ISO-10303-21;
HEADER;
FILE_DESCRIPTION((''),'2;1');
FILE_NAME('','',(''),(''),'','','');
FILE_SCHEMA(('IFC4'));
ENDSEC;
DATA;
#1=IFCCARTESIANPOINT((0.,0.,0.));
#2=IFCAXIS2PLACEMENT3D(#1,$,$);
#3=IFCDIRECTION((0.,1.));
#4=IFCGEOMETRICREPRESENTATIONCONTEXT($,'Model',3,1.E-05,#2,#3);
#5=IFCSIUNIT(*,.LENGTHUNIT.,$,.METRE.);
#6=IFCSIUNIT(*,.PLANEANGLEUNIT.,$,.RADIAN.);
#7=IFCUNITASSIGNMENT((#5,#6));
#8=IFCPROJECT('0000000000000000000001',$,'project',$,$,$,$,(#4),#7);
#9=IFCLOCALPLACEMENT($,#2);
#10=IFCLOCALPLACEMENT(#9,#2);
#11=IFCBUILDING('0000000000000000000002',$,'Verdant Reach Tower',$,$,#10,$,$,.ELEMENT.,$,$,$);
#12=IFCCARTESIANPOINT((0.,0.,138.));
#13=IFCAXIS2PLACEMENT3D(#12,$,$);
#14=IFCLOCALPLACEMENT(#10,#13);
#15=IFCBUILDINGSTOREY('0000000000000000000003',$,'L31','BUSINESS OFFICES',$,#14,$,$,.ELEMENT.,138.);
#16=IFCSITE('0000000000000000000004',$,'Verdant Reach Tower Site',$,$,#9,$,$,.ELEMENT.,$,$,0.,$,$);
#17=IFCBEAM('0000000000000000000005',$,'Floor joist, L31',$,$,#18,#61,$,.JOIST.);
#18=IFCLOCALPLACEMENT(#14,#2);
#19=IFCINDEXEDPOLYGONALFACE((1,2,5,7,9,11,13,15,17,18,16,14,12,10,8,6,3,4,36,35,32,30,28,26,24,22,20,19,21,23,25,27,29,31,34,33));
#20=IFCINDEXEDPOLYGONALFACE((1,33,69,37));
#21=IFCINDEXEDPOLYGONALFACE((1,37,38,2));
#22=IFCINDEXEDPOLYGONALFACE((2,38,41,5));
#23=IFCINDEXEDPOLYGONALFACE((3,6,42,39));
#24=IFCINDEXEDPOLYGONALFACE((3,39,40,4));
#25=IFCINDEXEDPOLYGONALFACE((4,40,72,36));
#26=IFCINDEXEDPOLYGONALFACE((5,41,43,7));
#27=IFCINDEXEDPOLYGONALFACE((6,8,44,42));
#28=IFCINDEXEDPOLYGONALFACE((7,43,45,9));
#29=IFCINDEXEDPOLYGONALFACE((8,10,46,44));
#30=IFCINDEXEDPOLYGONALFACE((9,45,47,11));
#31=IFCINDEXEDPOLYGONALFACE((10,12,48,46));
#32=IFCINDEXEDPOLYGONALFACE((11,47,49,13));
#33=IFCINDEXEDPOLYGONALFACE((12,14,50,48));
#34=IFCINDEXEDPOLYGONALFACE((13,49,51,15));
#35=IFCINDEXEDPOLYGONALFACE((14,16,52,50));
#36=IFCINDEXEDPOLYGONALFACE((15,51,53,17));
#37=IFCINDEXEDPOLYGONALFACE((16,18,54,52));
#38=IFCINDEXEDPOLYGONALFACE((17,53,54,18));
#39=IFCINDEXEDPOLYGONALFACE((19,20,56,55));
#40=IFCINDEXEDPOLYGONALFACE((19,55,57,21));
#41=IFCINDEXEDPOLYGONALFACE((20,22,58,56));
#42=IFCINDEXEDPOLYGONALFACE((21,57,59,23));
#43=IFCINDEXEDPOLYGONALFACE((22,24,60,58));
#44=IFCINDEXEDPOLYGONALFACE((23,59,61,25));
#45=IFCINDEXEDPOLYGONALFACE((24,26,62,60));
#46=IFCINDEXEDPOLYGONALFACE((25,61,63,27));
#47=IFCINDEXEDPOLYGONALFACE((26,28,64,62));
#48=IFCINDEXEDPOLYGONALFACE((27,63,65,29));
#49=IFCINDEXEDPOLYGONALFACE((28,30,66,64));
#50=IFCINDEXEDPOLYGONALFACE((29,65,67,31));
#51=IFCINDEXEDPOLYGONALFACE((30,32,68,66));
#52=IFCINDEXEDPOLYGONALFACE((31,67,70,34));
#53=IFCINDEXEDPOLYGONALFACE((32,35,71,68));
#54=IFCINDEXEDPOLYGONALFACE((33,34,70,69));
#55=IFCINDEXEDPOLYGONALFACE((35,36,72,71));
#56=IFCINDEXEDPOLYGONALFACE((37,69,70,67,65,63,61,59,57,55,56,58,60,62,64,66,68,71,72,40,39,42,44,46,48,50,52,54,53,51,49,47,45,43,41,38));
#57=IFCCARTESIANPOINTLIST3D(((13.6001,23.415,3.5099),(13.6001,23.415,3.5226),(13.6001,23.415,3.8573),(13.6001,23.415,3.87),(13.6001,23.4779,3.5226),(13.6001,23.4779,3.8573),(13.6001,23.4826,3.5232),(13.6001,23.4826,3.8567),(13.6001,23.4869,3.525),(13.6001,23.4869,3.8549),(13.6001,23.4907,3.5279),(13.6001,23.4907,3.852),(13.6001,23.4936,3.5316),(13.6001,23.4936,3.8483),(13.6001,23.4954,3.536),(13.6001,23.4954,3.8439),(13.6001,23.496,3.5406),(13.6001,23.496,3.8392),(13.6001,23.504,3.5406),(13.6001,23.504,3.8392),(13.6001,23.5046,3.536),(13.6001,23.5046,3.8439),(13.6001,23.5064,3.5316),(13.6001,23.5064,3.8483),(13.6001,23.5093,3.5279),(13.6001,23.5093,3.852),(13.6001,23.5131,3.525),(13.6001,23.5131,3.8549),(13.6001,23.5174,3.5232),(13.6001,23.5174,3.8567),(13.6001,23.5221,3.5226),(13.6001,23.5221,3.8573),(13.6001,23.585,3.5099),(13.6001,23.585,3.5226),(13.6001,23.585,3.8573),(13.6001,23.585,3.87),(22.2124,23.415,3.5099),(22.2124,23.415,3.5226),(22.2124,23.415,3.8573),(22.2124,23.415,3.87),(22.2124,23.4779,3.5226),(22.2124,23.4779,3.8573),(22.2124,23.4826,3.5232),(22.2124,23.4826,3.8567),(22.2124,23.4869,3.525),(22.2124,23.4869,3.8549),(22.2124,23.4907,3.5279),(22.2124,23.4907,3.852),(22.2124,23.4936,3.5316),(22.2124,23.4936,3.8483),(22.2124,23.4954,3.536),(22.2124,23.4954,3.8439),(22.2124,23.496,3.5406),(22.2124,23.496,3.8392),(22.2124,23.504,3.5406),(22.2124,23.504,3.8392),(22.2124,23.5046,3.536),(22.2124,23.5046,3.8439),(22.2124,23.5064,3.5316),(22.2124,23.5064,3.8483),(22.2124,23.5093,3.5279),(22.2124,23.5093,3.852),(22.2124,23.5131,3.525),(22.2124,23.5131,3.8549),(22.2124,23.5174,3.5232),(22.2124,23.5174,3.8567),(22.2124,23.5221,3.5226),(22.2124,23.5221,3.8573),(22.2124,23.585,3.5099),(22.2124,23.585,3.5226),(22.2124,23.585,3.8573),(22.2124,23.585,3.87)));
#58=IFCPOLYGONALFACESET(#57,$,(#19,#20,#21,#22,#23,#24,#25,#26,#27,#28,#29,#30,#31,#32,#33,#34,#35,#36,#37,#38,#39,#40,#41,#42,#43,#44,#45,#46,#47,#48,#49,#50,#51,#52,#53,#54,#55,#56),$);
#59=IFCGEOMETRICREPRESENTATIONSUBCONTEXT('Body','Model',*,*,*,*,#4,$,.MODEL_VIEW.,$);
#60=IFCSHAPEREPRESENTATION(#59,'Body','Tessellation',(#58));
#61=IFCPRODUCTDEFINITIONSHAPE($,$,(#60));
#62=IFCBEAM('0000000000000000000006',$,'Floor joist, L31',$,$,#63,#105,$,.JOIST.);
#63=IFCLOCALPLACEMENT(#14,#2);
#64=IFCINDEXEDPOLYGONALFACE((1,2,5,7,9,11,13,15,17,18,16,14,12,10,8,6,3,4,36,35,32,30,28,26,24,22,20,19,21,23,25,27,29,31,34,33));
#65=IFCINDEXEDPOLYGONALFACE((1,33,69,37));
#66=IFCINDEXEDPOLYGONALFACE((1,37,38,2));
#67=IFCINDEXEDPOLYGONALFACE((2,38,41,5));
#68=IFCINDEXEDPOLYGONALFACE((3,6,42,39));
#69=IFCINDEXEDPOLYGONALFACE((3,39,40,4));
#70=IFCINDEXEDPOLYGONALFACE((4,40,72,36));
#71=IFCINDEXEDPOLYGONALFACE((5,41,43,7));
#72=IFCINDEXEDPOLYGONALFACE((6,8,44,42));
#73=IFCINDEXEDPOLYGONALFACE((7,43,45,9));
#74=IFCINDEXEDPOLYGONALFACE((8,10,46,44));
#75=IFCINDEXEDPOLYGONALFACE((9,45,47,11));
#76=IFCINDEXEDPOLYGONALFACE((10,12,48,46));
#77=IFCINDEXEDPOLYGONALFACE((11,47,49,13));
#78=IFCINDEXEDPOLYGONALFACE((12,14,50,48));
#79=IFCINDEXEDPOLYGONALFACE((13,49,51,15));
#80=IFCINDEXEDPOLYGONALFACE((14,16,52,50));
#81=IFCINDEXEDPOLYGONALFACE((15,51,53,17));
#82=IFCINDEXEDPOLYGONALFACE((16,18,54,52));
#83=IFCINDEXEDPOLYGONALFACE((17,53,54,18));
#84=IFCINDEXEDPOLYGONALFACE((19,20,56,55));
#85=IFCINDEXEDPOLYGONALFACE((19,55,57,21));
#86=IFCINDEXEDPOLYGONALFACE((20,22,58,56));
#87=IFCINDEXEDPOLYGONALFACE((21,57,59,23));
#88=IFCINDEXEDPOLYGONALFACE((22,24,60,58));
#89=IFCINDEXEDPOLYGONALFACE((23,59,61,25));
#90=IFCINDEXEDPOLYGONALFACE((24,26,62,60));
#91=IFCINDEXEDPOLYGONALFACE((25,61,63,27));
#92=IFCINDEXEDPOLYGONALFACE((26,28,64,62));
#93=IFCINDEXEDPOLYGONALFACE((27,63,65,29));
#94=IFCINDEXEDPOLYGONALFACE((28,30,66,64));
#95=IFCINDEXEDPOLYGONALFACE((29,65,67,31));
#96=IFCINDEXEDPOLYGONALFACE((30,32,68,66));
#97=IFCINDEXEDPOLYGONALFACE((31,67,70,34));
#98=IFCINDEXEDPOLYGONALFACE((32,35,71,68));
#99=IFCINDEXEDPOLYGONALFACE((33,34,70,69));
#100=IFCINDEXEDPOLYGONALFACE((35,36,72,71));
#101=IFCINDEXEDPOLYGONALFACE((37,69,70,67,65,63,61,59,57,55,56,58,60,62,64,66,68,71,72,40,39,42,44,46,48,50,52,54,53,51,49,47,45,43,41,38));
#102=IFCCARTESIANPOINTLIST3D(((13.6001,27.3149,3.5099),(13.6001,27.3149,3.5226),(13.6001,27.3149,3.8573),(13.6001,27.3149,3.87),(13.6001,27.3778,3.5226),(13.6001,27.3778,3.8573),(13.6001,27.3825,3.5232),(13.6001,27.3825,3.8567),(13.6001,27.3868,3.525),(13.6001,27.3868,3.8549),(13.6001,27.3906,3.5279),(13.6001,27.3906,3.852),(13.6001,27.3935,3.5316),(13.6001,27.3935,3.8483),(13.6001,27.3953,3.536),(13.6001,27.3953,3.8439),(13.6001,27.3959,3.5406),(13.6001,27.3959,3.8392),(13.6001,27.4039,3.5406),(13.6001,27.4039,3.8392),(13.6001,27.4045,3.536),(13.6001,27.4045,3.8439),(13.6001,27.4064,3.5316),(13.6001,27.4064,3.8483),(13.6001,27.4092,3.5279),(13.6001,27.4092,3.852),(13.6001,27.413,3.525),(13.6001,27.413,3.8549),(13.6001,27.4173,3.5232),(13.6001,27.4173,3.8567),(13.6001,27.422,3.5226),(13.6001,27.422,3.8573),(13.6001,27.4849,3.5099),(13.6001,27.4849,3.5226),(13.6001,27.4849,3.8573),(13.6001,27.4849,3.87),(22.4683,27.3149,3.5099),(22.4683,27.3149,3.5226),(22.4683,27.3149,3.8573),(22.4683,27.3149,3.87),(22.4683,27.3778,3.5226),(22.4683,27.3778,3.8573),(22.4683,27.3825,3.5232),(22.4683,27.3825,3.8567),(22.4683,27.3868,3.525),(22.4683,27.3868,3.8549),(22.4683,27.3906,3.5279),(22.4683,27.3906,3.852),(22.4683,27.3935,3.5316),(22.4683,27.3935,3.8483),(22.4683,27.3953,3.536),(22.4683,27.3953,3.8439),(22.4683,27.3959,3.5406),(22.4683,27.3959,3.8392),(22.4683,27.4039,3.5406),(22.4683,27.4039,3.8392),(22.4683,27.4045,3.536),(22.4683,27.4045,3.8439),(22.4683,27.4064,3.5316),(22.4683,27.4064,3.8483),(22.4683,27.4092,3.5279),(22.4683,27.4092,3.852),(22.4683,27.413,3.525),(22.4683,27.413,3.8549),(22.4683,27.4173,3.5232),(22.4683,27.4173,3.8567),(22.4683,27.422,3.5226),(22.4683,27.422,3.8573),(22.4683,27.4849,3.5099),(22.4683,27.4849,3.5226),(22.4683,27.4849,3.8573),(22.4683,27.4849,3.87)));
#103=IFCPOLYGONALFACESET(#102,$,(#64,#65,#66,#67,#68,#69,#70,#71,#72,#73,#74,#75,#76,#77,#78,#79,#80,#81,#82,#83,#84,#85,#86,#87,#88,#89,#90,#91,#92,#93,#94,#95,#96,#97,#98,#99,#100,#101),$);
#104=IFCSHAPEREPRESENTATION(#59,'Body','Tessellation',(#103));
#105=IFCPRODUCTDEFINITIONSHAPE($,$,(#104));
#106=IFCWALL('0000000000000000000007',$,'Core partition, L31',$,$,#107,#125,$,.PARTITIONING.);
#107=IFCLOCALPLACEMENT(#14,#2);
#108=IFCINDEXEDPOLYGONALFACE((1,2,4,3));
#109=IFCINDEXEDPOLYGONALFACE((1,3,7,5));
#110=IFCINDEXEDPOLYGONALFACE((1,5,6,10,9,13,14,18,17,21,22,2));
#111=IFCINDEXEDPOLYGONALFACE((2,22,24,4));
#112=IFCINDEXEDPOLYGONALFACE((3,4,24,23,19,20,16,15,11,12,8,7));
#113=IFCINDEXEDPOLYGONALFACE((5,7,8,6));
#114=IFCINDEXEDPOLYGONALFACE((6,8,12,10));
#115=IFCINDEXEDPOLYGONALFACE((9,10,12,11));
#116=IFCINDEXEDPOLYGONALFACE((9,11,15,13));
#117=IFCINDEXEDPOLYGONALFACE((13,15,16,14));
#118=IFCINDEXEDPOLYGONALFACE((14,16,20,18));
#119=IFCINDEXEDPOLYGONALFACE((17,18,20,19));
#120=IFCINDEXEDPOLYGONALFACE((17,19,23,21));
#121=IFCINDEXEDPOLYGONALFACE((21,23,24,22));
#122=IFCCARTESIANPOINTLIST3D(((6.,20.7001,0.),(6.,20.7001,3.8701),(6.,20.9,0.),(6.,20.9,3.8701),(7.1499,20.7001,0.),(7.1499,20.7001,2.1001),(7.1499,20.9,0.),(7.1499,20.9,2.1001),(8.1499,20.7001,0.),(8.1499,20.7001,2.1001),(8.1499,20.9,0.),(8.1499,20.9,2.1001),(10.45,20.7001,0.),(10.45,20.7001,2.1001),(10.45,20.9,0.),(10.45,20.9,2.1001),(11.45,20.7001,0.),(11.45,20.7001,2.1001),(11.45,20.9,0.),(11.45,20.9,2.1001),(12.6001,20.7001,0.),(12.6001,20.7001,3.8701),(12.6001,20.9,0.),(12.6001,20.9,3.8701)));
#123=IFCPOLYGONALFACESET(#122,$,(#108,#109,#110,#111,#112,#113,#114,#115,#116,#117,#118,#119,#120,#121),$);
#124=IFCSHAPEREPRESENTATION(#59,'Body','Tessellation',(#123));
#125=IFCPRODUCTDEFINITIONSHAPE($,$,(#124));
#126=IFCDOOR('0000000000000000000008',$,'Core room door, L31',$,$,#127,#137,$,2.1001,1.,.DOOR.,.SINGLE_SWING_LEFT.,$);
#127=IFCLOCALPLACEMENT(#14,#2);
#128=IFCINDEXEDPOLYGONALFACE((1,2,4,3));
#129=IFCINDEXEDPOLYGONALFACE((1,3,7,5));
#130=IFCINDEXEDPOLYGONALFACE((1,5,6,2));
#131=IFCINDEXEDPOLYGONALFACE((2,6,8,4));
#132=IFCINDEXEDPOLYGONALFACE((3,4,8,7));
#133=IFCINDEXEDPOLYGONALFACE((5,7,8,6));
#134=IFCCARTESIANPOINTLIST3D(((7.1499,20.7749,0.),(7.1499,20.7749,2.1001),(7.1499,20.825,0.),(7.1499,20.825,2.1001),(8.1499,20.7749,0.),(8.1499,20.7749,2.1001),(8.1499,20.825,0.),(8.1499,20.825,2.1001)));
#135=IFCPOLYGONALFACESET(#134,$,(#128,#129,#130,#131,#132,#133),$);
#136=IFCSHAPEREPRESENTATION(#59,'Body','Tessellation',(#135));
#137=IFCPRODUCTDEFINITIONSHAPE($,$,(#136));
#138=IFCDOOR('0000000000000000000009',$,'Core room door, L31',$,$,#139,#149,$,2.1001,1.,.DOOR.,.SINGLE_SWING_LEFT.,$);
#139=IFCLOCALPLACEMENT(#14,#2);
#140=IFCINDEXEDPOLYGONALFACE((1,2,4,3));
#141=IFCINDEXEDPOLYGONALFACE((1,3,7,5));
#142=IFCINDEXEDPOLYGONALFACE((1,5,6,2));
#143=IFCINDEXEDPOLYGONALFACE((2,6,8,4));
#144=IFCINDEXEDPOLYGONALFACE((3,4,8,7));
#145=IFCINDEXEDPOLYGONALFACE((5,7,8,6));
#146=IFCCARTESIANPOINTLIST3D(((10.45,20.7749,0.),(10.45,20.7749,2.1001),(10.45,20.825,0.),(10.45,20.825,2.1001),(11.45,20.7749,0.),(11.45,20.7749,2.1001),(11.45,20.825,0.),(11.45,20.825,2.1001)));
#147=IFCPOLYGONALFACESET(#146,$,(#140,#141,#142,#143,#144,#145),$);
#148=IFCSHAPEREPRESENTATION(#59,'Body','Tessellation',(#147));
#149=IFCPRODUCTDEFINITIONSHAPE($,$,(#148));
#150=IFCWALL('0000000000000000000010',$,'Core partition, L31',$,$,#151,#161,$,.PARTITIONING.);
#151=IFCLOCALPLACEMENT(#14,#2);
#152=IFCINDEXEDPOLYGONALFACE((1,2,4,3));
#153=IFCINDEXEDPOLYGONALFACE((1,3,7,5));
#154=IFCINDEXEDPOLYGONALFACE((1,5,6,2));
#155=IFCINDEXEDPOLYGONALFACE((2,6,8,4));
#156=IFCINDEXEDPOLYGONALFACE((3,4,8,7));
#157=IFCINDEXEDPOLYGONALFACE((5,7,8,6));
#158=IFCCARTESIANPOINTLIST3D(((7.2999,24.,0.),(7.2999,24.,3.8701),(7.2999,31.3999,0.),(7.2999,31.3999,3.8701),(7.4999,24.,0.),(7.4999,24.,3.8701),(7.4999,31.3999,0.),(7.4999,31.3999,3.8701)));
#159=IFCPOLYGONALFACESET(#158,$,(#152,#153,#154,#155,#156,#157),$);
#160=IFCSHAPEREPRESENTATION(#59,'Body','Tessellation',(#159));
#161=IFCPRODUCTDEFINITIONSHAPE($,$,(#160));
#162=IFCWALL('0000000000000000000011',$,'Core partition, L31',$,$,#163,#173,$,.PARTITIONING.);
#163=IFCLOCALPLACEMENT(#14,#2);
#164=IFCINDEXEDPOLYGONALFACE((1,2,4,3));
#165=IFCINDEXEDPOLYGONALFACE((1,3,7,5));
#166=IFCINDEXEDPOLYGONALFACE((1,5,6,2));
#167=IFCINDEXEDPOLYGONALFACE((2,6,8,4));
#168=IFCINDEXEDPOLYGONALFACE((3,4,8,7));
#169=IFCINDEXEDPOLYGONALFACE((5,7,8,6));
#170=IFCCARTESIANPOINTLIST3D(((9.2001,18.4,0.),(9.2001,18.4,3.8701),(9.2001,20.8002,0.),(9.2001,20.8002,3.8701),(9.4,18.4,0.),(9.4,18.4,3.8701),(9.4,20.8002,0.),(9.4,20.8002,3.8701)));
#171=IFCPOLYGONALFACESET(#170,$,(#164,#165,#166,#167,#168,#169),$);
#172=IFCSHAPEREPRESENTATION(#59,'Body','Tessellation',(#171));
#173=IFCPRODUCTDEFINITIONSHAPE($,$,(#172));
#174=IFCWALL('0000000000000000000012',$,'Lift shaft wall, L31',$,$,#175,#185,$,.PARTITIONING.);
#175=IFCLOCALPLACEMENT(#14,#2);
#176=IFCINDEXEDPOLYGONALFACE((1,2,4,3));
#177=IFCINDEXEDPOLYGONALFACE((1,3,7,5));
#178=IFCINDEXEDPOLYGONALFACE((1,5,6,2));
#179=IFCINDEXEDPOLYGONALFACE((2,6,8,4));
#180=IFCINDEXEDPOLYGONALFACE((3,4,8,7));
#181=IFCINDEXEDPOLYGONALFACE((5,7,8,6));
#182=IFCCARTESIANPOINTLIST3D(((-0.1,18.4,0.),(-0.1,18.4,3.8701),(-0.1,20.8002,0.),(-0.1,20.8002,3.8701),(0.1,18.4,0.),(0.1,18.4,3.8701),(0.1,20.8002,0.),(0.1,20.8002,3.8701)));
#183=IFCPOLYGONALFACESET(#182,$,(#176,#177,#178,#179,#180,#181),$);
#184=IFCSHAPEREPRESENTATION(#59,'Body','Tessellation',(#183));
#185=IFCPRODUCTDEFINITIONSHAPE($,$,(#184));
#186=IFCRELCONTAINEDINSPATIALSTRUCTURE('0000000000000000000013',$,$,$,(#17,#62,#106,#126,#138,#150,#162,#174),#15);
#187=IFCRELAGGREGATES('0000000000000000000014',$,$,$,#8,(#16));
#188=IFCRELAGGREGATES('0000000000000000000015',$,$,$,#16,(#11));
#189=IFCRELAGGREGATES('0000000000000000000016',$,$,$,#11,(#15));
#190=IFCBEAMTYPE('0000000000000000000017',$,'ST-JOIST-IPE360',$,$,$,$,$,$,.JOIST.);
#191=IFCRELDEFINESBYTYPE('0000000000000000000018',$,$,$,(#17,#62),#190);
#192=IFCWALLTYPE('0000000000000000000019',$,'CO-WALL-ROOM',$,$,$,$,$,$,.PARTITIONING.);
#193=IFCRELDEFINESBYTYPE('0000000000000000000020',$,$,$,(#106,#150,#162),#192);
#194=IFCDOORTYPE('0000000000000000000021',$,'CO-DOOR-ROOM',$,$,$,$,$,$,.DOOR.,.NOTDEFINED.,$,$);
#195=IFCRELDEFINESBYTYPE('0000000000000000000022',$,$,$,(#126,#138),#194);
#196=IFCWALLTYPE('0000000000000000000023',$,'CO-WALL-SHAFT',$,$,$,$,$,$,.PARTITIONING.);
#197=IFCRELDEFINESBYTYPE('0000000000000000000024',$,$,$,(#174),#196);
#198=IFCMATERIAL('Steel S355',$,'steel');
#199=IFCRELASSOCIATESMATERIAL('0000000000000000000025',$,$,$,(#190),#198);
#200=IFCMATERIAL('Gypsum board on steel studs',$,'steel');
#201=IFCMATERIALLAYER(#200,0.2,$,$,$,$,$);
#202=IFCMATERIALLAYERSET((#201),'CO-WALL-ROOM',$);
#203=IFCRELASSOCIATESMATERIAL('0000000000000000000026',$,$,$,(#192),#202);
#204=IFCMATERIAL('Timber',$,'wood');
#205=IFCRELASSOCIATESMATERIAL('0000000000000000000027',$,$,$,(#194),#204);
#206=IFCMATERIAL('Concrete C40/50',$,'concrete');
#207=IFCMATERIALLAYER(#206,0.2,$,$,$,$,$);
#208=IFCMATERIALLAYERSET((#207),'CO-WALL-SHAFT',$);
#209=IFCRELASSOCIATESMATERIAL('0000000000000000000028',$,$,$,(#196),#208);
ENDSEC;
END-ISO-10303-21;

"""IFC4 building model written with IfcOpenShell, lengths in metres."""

from ifc_helpers import new_model, si_unit, direction, frame, frame_2d, origin, origin_2d, place, context, subcontext, project, spatial, rectangle, i_section, extrude, material, layer, layer_set, material_profile, profile_set, type_object, element, fill, save


model = new_model("IFC4")

# Units and contexts
model_context = context("Model", 3, precision=1e-05, world=origin(), true_north=direction((0.0, 1.0)))
body_context = subcontext(model_context, "Body", "Model", "MODEL_VIEW")
ifc_project = project(units=[si_unit("LENGTHUNIT", "METRE"), si_unit("PLANEANGLEUNIT", "RADIAN")], contexts=[model_context])

# Site, building, storey
site_placement = place(None, origin())
site = spatial("IfcSite", under=ifc_project, at=site_placement, Name="Verdant Reach Tower Site", CompositionType="ELEMENT", RefElevation=0.0)
building_placement = place(site_placement, origin())
building = spatial("IfcBuilding", under=site, at=building_placement, Name="Verdant Reach Tower", CompositionType="ELEMENT")
storey_placement = place(building_placement, frame((0.0, 0.0, 138.0)))
storey = spatial("IfcBuildingStorey", under=building, at=storey_placement, Name="L31", Description="BUSINESS OFFICES", CompositionType="ELEMENT", Elevation=138.0)

# Beams
ifc_material_1 = material(Name="Steel S355", Category="steel")
ifc_material_profile_1 = material_profile(ifc_material_1, i_section(OverallWidth=0.1699, OverallDepth=0.3601, WebThickness=0.0081, FlangeThickness=0.0127, FilletRadius=0.0181, at=origin_2d()), Name="IPE 360")
ifc_profile_set_1 = profile_set([ifc_material_profile_1], Name="Steel S355")
beam_type_1 = type_object("IfcBeamType", Name="ST-JOIST-IPE360", PredefinedType="JOIST", material=ifc_profile_set_1)
beam_1_placement = place(storey_placement, frame((13.6001, 23.5, 3.6899), z_axis=(1.0, 0.0, 0.0), x_axis=(0.0, 1.0, 0.0)))
element("IfcBeam", 1, at=beam_1_placement, inside=storey, type_object=beam_type_1, Name="Floor joist, L31", PredefinedType="JOIST", context=body_context, shape_type="SweptSolid", body=[
    extrude(i_section(OverallWidth=0.1699, OverallDepth=0.3601, WebThickness=0.0081, FlangeThickness=0.0127, FilletRadius=0.0181, at=origin_2d()), origin(), (0.0, 0.0, 1.0), 8.6123),
])
beam_2_placement = place(storey_placement, frame((13.6001, 27.3999, 3.6899), z_axis=(1.0, 0.0, 0.0), x_axis=(0.0, 1.0, 0.0)))
element("IfcBeam", 2, at=beam_2_placement, inside=storey, type_object=beam_type_1, Name="Floor joist, L31", PredefinedType="JOIST", context=body_context, shape_type="SweptSolid", body=[
    extrude(i_section(OverallWidth=0.1699, OverallDepth=0.3601, WebThickness=0.0081, FlangeThickness=0.0127, FilletRadius=0.0181, at=origin_2d()), origin(), (0.0, 0.0, 1.0), 8.8682),
])

# Wall, openings, doors
ifc_material_2 = material(Name="Gypsum board on steel studs", Category="steel")
ifc_layer_1 = layer(ifc_material_2, 0.2)
ifc_layer_set_1 = layer_set([ifc_layer_1], Name="CO-WALL-ROOM")
wall_type_1 = type_object("IfcWallType", Name="CO-WALL-ROOM", PredefinedType="PARTITIONING", material=ifc_layer_set_1)
wall_1_placement = place(storey_placement, frame((6.0, 20.8, 0.0), z_axis=(0.0, 0.0, 1.0), x_axis=(1.0, 0.0, 0.0)))
wall_1 = element("IfcWall", 3, at=wall_1_placement, inside=storey, type_object=wall_type_1, Name="Core partition, L31", PredefinedType="PARTITIONING", context=body_context, shape_type="SweptSolid", body=[
    extrude(rectangle(XDim=6.6001, YDim=0.2, at=frame_2d((3.3, 0.0))), origin(), (0.0, 0.0, 1.0), 3.8701),
])
opening_1_placement = place(wall_1_placement, frame((1.1499, 0.0, 0.0)))
opening_1 = element("IfcOpeningElement", 4, at=opening_1_placement, cuts=wall_1, PredefinedType="OPENING", context=body_context, shape_type="SweptSolid", body=[
    extrude(rectangle(XDim=1.0, YDim=2.1001, at=frame_2d((0.5, 1.05))), frame((0.0, 0.1099, 0.0), z_axis=(0.0, -1.0, 0.0), x_axis=(1.0, 0.0, 0.0)), (0.0, 0.0, 1.0), 0.22),
])
opening_2_placement = place(wall_1_placement, frame((4.45, 0.0, 0.0)))
opening_2 = element("IfcOpeningElement", 5, at=opening_2_placement, cuts=wall_1, PredefinedType="OPENING", context=body_context, shape_type="SweptSolid", body=[
    extrude(rectangle(XDim=1.0, YDim=2.1001, at=frame_2d((0.5, 1.05))), frame((0.0, 0.1099, 0.0), z_axis=(0.0, -1.0, 0.0), x_axis=(1.0, 0.0, 0.0)), (0.0, 0.0, 1.0), 0.22),
])
ifc_material_3 = material(Name="Timber", Category="wood")
door_type_1 = type_object("IfcDoorType", Name="CO-DOOR-ROOM", OperationType="NOTDEFINED", PredefinedType="DOOR", material=ifc_material_3)
door_1_placement = place(opening_1_placement, origin())
door_1 = element("IfcDoor", 6, at=door_1_placement, inside=storey, type_object=door_type_1, Name="Core room door, L31", OperationType="SINGLE_SWING_LEFT", OverallHeight=2.1001, OverallWidth=1.0, PredefinedType="DOOR", context=body_context, shape_type="SweptSolid", body=[
    extrude(rectangle(XDim=1.0, YDim=2.1001, at=frame_2d((0.5, 1.05))), frame((0.0, 0.0249, 0.0), z_axis=(0.0, -1.0, 0.0), x_axis=(1.0, 0.0, 0.0)), (0.0, 0.0, 1.0), 0.05),
])
fill(opening_1, door_1)
door_2_placement = place(opening_2_placement, origin())
door_2 = element("IfcDoor", 7, at=door_2_placement, inside=storey, type_object=door_type_1, Name="Core room door, L31", OperationType="SINGLE_SWING_LEFT", OverallHeight=2.1001, OverallWidth=1.0, PredefinedType="DOOR", context=body_context, shape_type="SweptSolid", body=[
    extrude(rectangle(XDim=1.0, YDim=2.1001, at=frame_2d((0.5, 1.05))), frame((0.0, 0.0249, 0.0), z_axis=(0.0, -1.0, 0.0), x_axis=(1.0, 0.0, 0.0)), (0.0, 0.0, 1.0), 0.05),
])
fill(opening_2, door_2)

# Walls
wall_2_placement = place(storey_placement, frame((7.3999, 24.0, 0.0), z_axis=(0.0, 0.0, 1.0), x_axis=(0.0, 1.0, 0.0)))
element("IfcWall", 8, at=wall_2_placement, inside=storey, type_object=wall_type_1, Name="Core partition, L31", PredefinedType="PARTITIONING", context=body_context, shape_type="SweptSolid", body=[
    extrude(rectangle(XDim=7.3999, YDim=0.2, at=frame_2d((3.7, 0.0))), origin(), (0.0, 0.0, 1.0), 3.8701),
])
wall_3_placement = place(storey_placement, frame((9.3, 18.3999, 0.0), z_axis=(0.0, 0.0, 1.0), x_axis=(0.0, 1.0, 0.0)))
element("IfcWall", 9, at=wall_3_placement, inside=storey, type_object=wall_type_1, Name="Core partition, L31", PredefinedType="PARTITIONING", context=body_context, shape_type="SweptSolid", body=[
    extrude(rectangle(XDim=2.4001, YDim=0.2, at=frame_2d((1.2002, 0.0))), origin(), (0.0, 0.0, 1.0), 3.8701),
])
ifc_material_4 = material(Name="Concrete C40/50", Category="concrete")
ifc_layer_2 = layer(ifc_material_4, 0.2)
ifc_layer_set_2 = layer_set([ifc_layer_2], Name="CO-WALL-SHAFT")
wall_type_2 = type_object("IfcWallType", Name="CO-WALL-SHAFT", PredefinedType="PARTITIONING", material=ifc_layer_set_2)
wall_4_placement = place(storey_placement, frame((0.0, 18.3999, 0.0), z_axis=(0.0, 0.0, 1.0), x_axis=(0.0, 1.0, 0.0)))
element("IfcWall", 10, at=wall_4_placement, inside=storey, type_object=wall_type_2, Name="Lift shaft wall, L31", PredefinedType="PARTITIONING", context=body_context, shape_type="SweptSolid", body=[
    extrude(rectangle(XDim=2.4001, YDim=0.2, at=frame_2d((1.2002, 0.0))), origin(), (0.0, 0.0, 1.0), 3.8701),
])

save(model, "model.ifc")
